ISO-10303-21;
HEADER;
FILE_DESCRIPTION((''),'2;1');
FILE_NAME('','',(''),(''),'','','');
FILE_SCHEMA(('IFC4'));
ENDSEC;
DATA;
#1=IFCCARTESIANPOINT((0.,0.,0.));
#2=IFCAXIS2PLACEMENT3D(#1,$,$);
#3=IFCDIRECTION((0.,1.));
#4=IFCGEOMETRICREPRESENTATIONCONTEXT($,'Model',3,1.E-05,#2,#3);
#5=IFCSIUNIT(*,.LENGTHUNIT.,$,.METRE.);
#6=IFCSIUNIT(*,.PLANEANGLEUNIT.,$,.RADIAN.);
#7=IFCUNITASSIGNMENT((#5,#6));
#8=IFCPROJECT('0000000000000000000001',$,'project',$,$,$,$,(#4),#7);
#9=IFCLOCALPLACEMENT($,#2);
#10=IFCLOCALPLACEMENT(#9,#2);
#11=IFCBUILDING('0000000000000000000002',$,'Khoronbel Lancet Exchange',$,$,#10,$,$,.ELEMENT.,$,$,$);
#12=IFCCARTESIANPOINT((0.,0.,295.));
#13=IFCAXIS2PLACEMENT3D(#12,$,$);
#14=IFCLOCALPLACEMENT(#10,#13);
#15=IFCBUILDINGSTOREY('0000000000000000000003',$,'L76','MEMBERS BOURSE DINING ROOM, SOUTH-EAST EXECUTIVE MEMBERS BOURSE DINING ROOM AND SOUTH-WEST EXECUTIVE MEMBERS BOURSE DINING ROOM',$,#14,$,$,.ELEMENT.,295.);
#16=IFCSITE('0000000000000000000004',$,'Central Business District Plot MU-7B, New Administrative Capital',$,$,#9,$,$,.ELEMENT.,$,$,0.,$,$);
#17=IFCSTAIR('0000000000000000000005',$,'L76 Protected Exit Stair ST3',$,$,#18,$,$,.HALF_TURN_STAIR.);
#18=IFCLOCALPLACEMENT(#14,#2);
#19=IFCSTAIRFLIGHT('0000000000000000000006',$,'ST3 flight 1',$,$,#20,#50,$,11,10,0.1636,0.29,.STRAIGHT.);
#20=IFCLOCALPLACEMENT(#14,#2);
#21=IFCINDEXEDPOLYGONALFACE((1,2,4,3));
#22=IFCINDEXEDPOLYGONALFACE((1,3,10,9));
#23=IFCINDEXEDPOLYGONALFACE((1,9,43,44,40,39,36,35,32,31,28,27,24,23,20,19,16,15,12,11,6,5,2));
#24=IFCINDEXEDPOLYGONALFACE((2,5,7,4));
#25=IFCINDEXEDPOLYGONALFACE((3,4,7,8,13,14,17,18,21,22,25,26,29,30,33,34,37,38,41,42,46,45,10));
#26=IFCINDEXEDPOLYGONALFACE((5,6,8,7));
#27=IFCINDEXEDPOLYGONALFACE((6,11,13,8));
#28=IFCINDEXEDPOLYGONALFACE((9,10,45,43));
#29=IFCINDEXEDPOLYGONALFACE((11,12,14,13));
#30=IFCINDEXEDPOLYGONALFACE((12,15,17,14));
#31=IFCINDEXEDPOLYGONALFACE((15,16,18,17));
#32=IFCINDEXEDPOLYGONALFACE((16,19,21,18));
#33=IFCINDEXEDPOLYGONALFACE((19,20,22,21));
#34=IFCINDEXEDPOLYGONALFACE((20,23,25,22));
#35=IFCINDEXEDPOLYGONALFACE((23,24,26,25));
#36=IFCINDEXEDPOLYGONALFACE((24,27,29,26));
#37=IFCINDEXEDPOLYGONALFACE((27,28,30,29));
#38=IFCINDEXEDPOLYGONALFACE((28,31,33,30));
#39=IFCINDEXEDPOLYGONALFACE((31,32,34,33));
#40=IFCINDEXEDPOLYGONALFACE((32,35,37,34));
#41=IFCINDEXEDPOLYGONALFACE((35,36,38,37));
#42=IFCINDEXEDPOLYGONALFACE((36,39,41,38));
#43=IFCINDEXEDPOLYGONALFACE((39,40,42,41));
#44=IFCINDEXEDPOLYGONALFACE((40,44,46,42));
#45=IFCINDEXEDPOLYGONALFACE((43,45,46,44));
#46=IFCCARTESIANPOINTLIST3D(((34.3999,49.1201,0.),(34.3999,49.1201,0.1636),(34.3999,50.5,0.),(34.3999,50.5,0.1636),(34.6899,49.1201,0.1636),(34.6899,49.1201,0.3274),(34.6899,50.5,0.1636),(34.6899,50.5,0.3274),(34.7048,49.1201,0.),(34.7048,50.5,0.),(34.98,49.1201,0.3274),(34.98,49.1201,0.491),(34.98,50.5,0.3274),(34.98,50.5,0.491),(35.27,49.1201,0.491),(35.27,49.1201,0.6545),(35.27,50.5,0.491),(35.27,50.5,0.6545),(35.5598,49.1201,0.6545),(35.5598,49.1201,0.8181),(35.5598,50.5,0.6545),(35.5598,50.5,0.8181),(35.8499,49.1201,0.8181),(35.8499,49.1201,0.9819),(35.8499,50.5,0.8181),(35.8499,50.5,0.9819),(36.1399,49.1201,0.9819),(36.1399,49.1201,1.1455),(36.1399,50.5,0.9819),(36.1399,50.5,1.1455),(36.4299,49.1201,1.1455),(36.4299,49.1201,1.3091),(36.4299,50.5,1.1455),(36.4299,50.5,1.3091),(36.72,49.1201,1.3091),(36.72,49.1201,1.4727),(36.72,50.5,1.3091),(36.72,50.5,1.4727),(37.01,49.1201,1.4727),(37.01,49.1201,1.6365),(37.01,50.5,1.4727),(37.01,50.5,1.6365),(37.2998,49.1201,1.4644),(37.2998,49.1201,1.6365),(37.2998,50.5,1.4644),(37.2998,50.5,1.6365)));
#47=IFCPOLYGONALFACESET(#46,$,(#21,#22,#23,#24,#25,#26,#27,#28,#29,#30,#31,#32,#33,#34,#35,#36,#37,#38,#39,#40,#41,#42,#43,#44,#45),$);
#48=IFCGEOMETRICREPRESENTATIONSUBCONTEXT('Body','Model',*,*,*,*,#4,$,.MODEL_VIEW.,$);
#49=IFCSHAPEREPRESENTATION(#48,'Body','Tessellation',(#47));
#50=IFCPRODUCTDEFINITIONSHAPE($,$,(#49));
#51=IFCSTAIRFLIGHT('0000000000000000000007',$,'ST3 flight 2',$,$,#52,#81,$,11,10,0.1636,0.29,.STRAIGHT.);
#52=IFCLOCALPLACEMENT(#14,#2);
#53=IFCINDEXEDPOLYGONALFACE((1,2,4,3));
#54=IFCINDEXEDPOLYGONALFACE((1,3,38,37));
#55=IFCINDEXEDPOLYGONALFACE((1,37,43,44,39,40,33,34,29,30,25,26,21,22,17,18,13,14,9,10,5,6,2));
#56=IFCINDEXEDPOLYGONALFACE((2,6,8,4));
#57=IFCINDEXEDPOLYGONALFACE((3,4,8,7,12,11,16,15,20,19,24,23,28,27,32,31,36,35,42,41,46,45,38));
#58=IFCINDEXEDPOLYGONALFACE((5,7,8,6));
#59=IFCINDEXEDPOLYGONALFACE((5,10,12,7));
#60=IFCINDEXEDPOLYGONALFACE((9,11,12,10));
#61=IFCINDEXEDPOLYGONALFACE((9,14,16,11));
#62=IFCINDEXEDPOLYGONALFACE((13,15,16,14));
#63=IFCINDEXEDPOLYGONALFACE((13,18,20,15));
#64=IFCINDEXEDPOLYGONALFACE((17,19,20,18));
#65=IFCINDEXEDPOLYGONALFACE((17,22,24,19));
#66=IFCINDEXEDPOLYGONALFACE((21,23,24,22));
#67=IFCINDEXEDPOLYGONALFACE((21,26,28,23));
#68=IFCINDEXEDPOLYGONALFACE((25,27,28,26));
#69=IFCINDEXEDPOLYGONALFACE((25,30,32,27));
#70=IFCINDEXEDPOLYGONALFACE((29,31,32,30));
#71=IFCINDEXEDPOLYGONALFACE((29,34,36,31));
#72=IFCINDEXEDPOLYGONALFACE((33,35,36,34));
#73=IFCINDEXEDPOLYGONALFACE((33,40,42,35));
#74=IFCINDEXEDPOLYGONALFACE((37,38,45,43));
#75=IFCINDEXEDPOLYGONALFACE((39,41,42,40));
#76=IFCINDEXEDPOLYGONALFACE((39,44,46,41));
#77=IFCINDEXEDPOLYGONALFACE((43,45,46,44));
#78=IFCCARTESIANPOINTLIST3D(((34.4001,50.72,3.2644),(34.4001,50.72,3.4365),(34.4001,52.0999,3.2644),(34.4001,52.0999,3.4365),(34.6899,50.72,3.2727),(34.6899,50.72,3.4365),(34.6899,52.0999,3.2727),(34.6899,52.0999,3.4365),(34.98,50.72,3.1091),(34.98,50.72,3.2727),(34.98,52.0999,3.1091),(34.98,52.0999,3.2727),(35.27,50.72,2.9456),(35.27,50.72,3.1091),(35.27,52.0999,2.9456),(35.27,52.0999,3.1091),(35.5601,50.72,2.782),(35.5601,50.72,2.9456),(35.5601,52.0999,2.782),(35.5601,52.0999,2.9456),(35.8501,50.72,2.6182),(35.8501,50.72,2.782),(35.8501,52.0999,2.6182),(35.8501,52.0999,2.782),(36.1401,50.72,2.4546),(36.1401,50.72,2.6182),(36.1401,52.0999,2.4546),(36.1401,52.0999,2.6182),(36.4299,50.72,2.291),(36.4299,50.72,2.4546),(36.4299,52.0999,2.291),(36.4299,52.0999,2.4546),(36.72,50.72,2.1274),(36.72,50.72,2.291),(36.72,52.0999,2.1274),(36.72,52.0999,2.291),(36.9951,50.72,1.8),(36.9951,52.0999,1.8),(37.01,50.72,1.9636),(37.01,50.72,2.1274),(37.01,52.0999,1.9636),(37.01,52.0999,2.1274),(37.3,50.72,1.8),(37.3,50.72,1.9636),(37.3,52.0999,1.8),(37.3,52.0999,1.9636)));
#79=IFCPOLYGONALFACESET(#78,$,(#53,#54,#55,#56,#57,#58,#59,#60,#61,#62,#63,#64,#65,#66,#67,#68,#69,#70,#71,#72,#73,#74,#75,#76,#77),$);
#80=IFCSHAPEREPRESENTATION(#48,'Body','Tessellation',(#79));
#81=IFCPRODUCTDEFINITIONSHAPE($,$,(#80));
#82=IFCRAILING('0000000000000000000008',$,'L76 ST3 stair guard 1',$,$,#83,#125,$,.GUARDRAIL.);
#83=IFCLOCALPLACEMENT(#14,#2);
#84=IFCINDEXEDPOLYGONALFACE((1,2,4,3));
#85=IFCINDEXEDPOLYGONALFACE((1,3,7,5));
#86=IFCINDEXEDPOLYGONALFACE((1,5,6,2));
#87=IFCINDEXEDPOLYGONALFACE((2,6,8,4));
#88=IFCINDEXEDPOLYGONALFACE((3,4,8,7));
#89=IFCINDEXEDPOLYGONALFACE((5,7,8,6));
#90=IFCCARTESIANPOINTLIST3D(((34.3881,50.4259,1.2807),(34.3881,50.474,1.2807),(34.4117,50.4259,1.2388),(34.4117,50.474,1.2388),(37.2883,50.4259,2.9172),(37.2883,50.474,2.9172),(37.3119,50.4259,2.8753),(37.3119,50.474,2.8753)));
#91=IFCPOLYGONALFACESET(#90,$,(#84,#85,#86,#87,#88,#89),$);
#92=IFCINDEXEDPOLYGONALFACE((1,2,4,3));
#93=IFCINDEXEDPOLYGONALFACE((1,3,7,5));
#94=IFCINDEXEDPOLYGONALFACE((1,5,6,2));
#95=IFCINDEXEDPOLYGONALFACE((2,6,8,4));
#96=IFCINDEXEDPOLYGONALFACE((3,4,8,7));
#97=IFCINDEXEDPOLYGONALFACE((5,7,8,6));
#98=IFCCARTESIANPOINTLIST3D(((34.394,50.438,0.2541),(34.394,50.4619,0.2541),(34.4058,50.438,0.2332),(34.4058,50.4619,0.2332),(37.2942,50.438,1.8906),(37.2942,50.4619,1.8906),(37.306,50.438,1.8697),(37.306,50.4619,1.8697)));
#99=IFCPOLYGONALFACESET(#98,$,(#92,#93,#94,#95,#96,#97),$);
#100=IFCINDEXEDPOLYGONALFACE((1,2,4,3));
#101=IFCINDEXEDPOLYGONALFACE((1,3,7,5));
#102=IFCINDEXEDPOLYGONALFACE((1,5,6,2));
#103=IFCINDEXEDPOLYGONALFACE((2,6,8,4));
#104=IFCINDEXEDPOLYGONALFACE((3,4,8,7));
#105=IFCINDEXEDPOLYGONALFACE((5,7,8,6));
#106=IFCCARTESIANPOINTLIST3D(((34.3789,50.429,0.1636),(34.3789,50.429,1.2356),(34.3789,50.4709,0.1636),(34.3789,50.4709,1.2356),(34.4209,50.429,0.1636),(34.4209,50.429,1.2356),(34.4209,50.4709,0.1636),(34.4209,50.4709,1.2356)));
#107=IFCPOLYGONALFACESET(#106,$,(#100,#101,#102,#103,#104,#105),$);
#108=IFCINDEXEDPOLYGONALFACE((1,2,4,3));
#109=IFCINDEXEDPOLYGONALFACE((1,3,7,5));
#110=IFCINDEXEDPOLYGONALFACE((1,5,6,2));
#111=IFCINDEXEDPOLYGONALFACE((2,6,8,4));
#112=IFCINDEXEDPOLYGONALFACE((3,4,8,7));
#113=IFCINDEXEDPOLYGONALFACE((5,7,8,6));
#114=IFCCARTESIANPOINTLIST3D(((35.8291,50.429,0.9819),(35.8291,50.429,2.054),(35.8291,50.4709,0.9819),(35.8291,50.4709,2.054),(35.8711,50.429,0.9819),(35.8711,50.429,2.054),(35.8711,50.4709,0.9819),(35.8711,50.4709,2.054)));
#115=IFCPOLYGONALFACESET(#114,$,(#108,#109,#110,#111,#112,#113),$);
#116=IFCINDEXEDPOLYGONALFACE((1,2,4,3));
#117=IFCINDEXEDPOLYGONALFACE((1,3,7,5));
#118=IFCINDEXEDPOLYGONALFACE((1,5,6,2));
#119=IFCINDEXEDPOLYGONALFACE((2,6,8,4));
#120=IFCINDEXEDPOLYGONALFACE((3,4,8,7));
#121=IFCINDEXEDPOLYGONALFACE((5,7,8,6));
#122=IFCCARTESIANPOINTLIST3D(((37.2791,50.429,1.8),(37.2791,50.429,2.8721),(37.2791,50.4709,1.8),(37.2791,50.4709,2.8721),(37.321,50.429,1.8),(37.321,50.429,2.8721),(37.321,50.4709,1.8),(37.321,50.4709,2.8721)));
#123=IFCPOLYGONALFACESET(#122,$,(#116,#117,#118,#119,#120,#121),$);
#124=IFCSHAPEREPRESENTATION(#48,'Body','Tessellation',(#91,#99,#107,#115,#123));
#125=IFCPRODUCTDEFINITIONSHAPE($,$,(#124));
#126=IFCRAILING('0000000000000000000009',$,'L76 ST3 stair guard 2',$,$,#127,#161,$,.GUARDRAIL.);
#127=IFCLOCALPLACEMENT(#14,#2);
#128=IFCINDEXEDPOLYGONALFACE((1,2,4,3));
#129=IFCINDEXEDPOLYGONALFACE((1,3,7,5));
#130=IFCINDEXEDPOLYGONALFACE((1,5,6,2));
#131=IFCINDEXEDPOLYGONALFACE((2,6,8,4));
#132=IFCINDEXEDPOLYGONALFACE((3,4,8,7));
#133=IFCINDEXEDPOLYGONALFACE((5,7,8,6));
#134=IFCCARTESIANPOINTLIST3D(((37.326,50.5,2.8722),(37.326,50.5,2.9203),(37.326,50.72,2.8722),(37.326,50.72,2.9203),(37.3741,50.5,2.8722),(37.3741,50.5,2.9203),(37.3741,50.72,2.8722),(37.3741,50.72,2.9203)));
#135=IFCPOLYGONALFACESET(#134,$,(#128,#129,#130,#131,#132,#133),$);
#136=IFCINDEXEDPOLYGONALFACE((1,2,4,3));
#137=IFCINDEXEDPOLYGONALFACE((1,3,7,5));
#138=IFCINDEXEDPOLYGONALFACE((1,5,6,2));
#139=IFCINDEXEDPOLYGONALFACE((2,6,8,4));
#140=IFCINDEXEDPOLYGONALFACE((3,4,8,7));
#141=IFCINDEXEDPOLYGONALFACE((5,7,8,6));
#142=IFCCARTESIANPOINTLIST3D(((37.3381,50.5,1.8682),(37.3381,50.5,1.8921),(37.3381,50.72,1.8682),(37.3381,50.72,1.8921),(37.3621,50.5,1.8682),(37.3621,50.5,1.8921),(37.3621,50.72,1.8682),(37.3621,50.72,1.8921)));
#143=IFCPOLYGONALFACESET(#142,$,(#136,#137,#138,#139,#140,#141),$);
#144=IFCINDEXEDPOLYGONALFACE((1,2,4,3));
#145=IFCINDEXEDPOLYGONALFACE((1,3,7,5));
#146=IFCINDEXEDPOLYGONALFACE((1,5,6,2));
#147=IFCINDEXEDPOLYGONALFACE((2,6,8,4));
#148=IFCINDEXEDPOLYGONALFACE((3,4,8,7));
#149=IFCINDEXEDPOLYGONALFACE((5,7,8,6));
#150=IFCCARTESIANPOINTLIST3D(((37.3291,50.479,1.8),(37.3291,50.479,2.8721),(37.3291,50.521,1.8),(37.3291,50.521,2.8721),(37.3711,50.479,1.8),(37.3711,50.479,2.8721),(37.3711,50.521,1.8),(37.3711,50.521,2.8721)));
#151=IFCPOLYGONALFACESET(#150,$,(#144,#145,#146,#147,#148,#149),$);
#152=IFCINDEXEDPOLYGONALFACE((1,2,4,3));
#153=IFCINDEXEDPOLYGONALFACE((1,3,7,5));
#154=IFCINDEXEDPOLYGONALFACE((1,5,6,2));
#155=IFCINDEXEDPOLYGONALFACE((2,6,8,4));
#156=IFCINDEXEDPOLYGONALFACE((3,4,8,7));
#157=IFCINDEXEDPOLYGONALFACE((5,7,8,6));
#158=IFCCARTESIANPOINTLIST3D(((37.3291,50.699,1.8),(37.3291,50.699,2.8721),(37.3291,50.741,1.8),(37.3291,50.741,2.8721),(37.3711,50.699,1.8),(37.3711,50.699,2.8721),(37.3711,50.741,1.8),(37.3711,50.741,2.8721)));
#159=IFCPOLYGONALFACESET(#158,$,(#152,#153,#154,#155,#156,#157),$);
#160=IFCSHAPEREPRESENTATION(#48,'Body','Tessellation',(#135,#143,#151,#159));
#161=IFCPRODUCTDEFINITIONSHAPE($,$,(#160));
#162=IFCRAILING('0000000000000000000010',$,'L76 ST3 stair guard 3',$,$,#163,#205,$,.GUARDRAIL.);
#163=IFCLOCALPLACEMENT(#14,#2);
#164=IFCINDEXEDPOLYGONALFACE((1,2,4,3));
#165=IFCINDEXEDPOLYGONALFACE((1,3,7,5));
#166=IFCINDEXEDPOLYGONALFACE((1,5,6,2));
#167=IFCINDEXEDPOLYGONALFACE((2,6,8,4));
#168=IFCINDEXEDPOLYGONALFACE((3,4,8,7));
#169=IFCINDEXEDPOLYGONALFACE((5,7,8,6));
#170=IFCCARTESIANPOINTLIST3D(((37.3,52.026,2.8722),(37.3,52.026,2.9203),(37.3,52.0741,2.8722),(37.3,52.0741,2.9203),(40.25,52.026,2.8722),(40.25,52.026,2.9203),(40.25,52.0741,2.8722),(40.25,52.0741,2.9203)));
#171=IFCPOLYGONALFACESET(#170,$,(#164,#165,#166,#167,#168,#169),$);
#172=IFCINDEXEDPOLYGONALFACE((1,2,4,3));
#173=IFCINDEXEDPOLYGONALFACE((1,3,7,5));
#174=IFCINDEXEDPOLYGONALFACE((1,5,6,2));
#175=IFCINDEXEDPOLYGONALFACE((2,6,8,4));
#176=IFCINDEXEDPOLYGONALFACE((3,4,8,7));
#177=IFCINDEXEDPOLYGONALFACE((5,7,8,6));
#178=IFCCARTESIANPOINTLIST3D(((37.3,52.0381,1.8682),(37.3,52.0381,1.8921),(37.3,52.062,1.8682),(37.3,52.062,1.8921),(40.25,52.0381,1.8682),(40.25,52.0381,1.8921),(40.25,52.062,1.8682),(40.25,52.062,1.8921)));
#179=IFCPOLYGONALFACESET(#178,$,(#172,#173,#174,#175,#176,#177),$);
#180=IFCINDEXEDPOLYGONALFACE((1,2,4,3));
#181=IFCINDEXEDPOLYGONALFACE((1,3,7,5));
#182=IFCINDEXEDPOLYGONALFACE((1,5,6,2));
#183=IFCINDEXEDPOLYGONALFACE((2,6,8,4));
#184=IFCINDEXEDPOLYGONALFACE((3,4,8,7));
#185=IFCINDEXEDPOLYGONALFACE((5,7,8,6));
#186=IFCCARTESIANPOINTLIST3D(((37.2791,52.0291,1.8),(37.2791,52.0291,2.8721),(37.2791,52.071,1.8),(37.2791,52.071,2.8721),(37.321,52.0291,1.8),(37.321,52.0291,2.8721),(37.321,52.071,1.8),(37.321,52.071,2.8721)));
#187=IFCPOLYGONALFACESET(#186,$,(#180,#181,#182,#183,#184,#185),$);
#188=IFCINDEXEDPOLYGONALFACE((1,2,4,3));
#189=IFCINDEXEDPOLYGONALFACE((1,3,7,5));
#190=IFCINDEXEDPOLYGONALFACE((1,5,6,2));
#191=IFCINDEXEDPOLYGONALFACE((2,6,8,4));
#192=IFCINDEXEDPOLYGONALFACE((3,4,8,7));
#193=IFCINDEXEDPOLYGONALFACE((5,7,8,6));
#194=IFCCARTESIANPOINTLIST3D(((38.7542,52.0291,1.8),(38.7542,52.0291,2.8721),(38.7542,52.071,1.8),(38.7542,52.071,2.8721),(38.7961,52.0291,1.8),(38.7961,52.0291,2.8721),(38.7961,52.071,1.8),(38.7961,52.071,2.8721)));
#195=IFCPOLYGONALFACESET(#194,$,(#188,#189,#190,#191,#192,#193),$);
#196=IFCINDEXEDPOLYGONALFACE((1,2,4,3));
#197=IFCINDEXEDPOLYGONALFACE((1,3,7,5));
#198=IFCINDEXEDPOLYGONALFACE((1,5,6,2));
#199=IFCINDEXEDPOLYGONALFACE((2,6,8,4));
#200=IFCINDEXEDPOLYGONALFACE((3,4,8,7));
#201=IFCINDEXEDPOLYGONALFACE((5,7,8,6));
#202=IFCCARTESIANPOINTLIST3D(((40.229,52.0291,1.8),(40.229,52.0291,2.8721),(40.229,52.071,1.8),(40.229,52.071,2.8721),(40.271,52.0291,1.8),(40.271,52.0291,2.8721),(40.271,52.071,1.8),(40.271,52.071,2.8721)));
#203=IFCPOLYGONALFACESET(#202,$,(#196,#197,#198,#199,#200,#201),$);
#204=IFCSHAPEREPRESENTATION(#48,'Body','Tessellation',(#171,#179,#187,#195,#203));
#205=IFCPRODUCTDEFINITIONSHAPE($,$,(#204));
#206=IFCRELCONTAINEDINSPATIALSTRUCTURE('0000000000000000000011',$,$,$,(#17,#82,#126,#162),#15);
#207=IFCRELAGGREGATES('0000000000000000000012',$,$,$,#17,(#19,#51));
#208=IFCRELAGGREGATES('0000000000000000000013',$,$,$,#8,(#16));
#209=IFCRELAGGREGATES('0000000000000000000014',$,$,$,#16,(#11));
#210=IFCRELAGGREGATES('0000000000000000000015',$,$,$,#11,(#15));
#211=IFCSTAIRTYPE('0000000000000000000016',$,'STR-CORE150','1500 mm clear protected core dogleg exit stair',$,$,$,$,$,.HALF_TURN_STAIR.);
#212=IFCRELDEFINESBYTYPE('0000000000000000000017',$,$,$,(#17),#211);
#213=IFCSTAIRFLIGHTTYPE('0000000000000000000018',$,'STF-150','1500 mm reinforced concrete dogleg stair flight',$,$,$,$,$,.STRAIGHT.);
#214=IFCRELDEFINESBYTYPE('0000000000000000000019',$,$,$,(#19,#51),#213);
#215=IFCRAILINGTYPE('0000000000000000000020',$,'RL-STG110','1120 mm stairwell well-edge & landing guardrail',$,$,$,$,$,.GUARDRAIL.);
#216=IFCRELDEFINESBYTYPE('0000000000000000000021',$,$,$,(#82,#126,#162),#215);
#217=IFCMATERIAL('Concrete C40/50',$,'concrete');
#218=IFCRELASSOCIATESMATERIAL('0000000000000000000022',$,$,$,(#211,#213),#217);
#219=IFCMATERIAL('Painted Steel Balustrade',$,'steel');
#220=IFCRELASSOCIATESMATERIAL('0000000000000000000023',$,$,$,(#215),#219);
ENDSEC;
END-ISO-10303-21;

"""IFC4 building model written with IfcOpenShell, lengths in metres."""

from ifc_helpers import new_model, si_unit, direction, frame, origin, origin_2d, place, context, subcontext, project, spatial, polyline, rectangle, outline, extrude, material, type_object, element, aggregate, save


model = new_model("IFC4")

# Units and contexts
model_context = context("Model", 3, precision=1e-05, world=origin(), true_north=direction((0.0, 1.0)))
body_context = subcontext(model_context, "Body", "Model", "MODEL_VIEW")
ifc_project = project(units=[si_unit("LENGTHUNIT", "METRE"), si_unit("PLANEANGLEUNIT", "RADIAN")], contexts=[model_context])

# Site, building, storey
site_placement = place(None, origin())
site = spatial("IfcSite", under=ifc_project, at=site_placement, Name="Central Business District Plot MU-7B, New Administrative Capital", CompositionType="ELEMENT", RefElevation=0.0)
building_placement = place(site_placement, origin())
building = spatial("IfcBuilding", under=site, at=building_placement, Name="Khoronbel Lancet Exchange", CompositionType="ELEMENT")
storey_placement = place(building_placement, frame((0.0, 0.0, 295.0)))
storey = spatial("IfcBuildingStorey", under=building, at=storey_placement, Name="L76", Description="MEMBERS BOURSE DINING ROOM, SOUTH-EAST EXECUTIVE MEMBERS BOURSE DINING ROOM AND SOUTH-WEST EXECUTIVE MEMBERS BOURSE DINING ROOM", CompositionType="ELEMENT", Elevation=295.0)

# Stair, stair flights
ifc_material_1 = material(Name="Concrete C40/50", Category="concrete")
stair_type = type_object("IfcStairType", Name="STR-CORE150", Description="1500 mm clear protected core dogleg exit stair", PredefinedType="HALF_TURN_STAIR", material=ifc_material_1)
stair_placement = place(storey_placement, origin())
stair = element("IfcStair", 1, at=stair_placement, inside=storey, type_object=stair_type, Name="L76 Protected Exit Stair ST3", PredefinedType="HALF_TURN_STAIR")
stair_flight_type = type_object("IfcStairFlightType", Name="STF-150", Description="1500 mm reinforced concrete dogleg stair flight", PredefinedType="STRAIGHT", material=ifc_material_1)
stair_flight_1_placement = place(storey_placement, frame((34.3999, 49.8101, 0.0), z_axis=(0.0, 0.0, 1.0), x_axis=(1.0, 0.0, 0.0)))
stair_flight_1 = element("IfcStairFlight", 2, at=stair_flight_1_placement, type_object=stair_flight_type, Name="ST3 flight 1", NumberOfRisers=11, NumberOfTreads=10, PredefinedType="STRAIGHT", RiserHeight=0.1636, TreadLength=0.29, context=body_context, shape_type="SweptSolid", body=[
    extrude(outline(polyline([(0.0, 0.0), (0.0, 0.1636), (0.29, 0.1636), (0.29, 0.3274), (0.5801, 0.3274), (0.5801, 0.491), (0.8701, 0.491), (0.8701, 0.6545), (1.1599, 0.6545), (1.1599, 0.8181), (1.45, 0.8181), (1.45, 0.9819), (1.74, 0.9819), (1.74, 1.1455), (2.03, 1.1455), (2.03, 1.3091), (2.3201, 1.3091), (2.3201, 1.4727), (2.6101, 1.4727), (2.6101, 1.6365), (2.8999, 1.6365), (2.8999, 1.8), (2.8999, 1.4644), (0.3049, 0.0), (0.0, 0.0)])), frame((0.0, 0.6899, 0.0), z_axis=(0.0, -1.0, 0.0), x_axis=(1.0, 0.0, 0.0)), (0.0, 0.0, 1.0), 1.3799),
])
stair_flight_2_placement = place(storey_placement, frame((37.3, 51.4099, 1.8), z_axis=(0.0, 0.0, 1.0), x_axis=(-1.0, 0.0, 0.0)))
stair_flight_2 = element("IfcStairFlight", 3, at=stair_flight_2_placement, type_object=stair_flight_type, Name="ST3 flight 2", NumberOfRisers=11, NumberOfTreads=10, PredefinedType="STRAIGHT", RiserHeight=0.1636, TreadLength=0.29, context=body_context, shape_type="SweptSolid", body=[
    extrude(outline(polyline([(0.0, 0.0), (0.0, 0.1636), (0.29, 0.1636), (0.29, 0.3274), (0.5801, 0.3274), (0.5801, 0.491), (0.8701, 0.491), (0.8701, 0.6545), (1.1599, 0.6545), (1.1599, 0.8181), (1.45, 0.8181), (1.45, 0.9819), (1.74, 0.9819), (1.74, 1.1455), (2.03, 1.1455), (2.03, 1.3091), (2.3201, 1.3091), (2.3201, 1.4727), (2.6101, 1.4727), (2.6101, 1.6365), (2.8999, 1.6365), (2.8999, 1.8), (2.8999, 1.4644), (0.3049, 0.0), (0.0, 0.0)])), frame((0.0, 0.6899, 0.0), z_axis=(0.0, -1.0, 0.0), x_axis=(1.0, 0.0, 0.0)), (0.0, 0.0, 1.0), 1.3799),
])
aggregate(stair, [stair_flight_1, stair_flight_2])

# Railings
ifc_material_2 = material(Name="Painted Steel Balustrade", Category="steel")
railing_type_1 = type_object("IfcRailingType", Name="RL-STG110", Description="1120 mm stairwell well-edge & landing guardrail", PredefinedType="GUARDRAIL", material=ifc_material_2)
railing_1_placement = place(storey_placement, frame((34.3999, 50.45, 0.1636)))
element("IfcRailing", 4, at=railing_1_placement, inside=storey, type_object=railing_type_1, Name="L76 ST3 stair guard 1", PredefinedType="GUARDRAIL", context=body_context, shape_type="SweptSolid", body=[
    extrude(rectangle(XDim=0.0481, YDim=0.0481, at=origin_2d()), frame((0.0, 0.0, 1.0962), z_axis=(0.870915, 0.0, 0.491434), x_axis=(0.0, 1.0, 0.0)), (0.0, 0.0, 1.0), 3.3301),
    extrude(rectangle(XDim=0.0239, YDim=0.0239, at=origin_2d()), frame((0.0, 0.0, 0.0801), z_axis=(0.870915, 0.0, 0.491434), x_axis=(0.0, 1.0, 0.0)), (0.0, 0.0, 1.0), 3.3301),
    extrude(rectangle(XDim=0.042, YDim=0.042, at=origin_2d()), origin(), (0.0, 0.0, 1.0), 1.072),
    extrude(rectangle(XDim=0.042, YDim=0.042, at=origin_2d()), frame((1.4502, 0.0, 0.8184)), (0.0, 0.0, 1.0), 1.072),
    extrude(rectangle(XDim=0.042, YDim=0.042, at=origin_2d()), frame((2.9001, 0.0, 1.6365)), (0.0, 0.0, 1.0), 1.072),
])
railing_2_placement = place(storey_placement, frame((37.3501, 50.5, 1.8)))
element("IfcRailing", 5, at=railing_2_placement, inside=storey, type_object=railing_type_1, Name="L76 ST3 stair guard 2", PredefinedType="GUARDRAIL", context=body_context, shape_type="SweptSolid", body=[
    extrude(rectangle(XDim=0.0481, YDim=0.0481, at=origin_2d()), frame((0.0, 0.0, 1.0962), z_axis=(0.0, 1.0, 0.0), x_axis=(-1.0, 0.0, 0.0)), (0.0, 0.0, 1.0), 0.22),
    extrude(rectangle(XDim=0.0239, YDim=0.0239, at=origin_2d()), frame((0.0, 0.0, 0.0801), z_axis=(0.0, 1.0, 0.0), x_axis=(-1.0, 0.0, 0.0)), (0.0, 0.0, 1.0), 0.22),
    extrude(rectangle(XDim=0.042, YDim=0.042, at=origin_2d()), origin(), (0.0, 0.0, 1.0), 1.072),
    extrude(rectangle(XDim=0.042, YDim=0.042, at=origin_2d()), frame((0.0, 0.22, 0.0)), (0.0, 0.0, 1.0), 1.072),
])
railing_3_placement = place(storey_placement, frame((37.3, 52.05, 1.8)))
element("IfcRailing", 6, at=railing_3_placement, inside=storey, type_object=railing_type_1, Name="L76 ST3 stair guard 3", PredefinedType="GUARDRAIL", context=body_context, shape_type="SweptSolid", body=[
    extrude(rectangle(XDim=0.0481, YDim=0.0481, at=origin_2d()), frame((0.0, 0.0, 1.0962), z_axis=(1.0, 0.0, 0.0), x_axis=(0.0, 1.0, 0.0)), (0.0, 0.0, 1.0), 2.95),
    extrude(rectangle(XDim=0.0239, YDim=0.0239, at=origin_2d()), frame((0.0, 0.0, 0.0801), z_axis=(1.0, 0.0, 0.0), x_axis=(0.0, 1.0, 0.0)), (0.0, 0.0, 1.0), 2.95),
    extrude(rectangle(XDim=0.042, YDim=0.042, at=origin_2d()), origin(), (0.0, 0.0, 1.0), 1.072),
    extrude(rectangle(XDim=0.042, YDim=0.042, at=origin_2d()), frame((1.4751, 0.0, 0.0)), (0.0, 0.0, 1.0), 1.072),
    extrude(rectangle(XDim=0.042, YDim=0.042, at=origin_2d()), frame((2.95, 0.0, 0.0)), (0.0, 0.0, 1.0), 1.072),
])

save(model, "model.ifc")
